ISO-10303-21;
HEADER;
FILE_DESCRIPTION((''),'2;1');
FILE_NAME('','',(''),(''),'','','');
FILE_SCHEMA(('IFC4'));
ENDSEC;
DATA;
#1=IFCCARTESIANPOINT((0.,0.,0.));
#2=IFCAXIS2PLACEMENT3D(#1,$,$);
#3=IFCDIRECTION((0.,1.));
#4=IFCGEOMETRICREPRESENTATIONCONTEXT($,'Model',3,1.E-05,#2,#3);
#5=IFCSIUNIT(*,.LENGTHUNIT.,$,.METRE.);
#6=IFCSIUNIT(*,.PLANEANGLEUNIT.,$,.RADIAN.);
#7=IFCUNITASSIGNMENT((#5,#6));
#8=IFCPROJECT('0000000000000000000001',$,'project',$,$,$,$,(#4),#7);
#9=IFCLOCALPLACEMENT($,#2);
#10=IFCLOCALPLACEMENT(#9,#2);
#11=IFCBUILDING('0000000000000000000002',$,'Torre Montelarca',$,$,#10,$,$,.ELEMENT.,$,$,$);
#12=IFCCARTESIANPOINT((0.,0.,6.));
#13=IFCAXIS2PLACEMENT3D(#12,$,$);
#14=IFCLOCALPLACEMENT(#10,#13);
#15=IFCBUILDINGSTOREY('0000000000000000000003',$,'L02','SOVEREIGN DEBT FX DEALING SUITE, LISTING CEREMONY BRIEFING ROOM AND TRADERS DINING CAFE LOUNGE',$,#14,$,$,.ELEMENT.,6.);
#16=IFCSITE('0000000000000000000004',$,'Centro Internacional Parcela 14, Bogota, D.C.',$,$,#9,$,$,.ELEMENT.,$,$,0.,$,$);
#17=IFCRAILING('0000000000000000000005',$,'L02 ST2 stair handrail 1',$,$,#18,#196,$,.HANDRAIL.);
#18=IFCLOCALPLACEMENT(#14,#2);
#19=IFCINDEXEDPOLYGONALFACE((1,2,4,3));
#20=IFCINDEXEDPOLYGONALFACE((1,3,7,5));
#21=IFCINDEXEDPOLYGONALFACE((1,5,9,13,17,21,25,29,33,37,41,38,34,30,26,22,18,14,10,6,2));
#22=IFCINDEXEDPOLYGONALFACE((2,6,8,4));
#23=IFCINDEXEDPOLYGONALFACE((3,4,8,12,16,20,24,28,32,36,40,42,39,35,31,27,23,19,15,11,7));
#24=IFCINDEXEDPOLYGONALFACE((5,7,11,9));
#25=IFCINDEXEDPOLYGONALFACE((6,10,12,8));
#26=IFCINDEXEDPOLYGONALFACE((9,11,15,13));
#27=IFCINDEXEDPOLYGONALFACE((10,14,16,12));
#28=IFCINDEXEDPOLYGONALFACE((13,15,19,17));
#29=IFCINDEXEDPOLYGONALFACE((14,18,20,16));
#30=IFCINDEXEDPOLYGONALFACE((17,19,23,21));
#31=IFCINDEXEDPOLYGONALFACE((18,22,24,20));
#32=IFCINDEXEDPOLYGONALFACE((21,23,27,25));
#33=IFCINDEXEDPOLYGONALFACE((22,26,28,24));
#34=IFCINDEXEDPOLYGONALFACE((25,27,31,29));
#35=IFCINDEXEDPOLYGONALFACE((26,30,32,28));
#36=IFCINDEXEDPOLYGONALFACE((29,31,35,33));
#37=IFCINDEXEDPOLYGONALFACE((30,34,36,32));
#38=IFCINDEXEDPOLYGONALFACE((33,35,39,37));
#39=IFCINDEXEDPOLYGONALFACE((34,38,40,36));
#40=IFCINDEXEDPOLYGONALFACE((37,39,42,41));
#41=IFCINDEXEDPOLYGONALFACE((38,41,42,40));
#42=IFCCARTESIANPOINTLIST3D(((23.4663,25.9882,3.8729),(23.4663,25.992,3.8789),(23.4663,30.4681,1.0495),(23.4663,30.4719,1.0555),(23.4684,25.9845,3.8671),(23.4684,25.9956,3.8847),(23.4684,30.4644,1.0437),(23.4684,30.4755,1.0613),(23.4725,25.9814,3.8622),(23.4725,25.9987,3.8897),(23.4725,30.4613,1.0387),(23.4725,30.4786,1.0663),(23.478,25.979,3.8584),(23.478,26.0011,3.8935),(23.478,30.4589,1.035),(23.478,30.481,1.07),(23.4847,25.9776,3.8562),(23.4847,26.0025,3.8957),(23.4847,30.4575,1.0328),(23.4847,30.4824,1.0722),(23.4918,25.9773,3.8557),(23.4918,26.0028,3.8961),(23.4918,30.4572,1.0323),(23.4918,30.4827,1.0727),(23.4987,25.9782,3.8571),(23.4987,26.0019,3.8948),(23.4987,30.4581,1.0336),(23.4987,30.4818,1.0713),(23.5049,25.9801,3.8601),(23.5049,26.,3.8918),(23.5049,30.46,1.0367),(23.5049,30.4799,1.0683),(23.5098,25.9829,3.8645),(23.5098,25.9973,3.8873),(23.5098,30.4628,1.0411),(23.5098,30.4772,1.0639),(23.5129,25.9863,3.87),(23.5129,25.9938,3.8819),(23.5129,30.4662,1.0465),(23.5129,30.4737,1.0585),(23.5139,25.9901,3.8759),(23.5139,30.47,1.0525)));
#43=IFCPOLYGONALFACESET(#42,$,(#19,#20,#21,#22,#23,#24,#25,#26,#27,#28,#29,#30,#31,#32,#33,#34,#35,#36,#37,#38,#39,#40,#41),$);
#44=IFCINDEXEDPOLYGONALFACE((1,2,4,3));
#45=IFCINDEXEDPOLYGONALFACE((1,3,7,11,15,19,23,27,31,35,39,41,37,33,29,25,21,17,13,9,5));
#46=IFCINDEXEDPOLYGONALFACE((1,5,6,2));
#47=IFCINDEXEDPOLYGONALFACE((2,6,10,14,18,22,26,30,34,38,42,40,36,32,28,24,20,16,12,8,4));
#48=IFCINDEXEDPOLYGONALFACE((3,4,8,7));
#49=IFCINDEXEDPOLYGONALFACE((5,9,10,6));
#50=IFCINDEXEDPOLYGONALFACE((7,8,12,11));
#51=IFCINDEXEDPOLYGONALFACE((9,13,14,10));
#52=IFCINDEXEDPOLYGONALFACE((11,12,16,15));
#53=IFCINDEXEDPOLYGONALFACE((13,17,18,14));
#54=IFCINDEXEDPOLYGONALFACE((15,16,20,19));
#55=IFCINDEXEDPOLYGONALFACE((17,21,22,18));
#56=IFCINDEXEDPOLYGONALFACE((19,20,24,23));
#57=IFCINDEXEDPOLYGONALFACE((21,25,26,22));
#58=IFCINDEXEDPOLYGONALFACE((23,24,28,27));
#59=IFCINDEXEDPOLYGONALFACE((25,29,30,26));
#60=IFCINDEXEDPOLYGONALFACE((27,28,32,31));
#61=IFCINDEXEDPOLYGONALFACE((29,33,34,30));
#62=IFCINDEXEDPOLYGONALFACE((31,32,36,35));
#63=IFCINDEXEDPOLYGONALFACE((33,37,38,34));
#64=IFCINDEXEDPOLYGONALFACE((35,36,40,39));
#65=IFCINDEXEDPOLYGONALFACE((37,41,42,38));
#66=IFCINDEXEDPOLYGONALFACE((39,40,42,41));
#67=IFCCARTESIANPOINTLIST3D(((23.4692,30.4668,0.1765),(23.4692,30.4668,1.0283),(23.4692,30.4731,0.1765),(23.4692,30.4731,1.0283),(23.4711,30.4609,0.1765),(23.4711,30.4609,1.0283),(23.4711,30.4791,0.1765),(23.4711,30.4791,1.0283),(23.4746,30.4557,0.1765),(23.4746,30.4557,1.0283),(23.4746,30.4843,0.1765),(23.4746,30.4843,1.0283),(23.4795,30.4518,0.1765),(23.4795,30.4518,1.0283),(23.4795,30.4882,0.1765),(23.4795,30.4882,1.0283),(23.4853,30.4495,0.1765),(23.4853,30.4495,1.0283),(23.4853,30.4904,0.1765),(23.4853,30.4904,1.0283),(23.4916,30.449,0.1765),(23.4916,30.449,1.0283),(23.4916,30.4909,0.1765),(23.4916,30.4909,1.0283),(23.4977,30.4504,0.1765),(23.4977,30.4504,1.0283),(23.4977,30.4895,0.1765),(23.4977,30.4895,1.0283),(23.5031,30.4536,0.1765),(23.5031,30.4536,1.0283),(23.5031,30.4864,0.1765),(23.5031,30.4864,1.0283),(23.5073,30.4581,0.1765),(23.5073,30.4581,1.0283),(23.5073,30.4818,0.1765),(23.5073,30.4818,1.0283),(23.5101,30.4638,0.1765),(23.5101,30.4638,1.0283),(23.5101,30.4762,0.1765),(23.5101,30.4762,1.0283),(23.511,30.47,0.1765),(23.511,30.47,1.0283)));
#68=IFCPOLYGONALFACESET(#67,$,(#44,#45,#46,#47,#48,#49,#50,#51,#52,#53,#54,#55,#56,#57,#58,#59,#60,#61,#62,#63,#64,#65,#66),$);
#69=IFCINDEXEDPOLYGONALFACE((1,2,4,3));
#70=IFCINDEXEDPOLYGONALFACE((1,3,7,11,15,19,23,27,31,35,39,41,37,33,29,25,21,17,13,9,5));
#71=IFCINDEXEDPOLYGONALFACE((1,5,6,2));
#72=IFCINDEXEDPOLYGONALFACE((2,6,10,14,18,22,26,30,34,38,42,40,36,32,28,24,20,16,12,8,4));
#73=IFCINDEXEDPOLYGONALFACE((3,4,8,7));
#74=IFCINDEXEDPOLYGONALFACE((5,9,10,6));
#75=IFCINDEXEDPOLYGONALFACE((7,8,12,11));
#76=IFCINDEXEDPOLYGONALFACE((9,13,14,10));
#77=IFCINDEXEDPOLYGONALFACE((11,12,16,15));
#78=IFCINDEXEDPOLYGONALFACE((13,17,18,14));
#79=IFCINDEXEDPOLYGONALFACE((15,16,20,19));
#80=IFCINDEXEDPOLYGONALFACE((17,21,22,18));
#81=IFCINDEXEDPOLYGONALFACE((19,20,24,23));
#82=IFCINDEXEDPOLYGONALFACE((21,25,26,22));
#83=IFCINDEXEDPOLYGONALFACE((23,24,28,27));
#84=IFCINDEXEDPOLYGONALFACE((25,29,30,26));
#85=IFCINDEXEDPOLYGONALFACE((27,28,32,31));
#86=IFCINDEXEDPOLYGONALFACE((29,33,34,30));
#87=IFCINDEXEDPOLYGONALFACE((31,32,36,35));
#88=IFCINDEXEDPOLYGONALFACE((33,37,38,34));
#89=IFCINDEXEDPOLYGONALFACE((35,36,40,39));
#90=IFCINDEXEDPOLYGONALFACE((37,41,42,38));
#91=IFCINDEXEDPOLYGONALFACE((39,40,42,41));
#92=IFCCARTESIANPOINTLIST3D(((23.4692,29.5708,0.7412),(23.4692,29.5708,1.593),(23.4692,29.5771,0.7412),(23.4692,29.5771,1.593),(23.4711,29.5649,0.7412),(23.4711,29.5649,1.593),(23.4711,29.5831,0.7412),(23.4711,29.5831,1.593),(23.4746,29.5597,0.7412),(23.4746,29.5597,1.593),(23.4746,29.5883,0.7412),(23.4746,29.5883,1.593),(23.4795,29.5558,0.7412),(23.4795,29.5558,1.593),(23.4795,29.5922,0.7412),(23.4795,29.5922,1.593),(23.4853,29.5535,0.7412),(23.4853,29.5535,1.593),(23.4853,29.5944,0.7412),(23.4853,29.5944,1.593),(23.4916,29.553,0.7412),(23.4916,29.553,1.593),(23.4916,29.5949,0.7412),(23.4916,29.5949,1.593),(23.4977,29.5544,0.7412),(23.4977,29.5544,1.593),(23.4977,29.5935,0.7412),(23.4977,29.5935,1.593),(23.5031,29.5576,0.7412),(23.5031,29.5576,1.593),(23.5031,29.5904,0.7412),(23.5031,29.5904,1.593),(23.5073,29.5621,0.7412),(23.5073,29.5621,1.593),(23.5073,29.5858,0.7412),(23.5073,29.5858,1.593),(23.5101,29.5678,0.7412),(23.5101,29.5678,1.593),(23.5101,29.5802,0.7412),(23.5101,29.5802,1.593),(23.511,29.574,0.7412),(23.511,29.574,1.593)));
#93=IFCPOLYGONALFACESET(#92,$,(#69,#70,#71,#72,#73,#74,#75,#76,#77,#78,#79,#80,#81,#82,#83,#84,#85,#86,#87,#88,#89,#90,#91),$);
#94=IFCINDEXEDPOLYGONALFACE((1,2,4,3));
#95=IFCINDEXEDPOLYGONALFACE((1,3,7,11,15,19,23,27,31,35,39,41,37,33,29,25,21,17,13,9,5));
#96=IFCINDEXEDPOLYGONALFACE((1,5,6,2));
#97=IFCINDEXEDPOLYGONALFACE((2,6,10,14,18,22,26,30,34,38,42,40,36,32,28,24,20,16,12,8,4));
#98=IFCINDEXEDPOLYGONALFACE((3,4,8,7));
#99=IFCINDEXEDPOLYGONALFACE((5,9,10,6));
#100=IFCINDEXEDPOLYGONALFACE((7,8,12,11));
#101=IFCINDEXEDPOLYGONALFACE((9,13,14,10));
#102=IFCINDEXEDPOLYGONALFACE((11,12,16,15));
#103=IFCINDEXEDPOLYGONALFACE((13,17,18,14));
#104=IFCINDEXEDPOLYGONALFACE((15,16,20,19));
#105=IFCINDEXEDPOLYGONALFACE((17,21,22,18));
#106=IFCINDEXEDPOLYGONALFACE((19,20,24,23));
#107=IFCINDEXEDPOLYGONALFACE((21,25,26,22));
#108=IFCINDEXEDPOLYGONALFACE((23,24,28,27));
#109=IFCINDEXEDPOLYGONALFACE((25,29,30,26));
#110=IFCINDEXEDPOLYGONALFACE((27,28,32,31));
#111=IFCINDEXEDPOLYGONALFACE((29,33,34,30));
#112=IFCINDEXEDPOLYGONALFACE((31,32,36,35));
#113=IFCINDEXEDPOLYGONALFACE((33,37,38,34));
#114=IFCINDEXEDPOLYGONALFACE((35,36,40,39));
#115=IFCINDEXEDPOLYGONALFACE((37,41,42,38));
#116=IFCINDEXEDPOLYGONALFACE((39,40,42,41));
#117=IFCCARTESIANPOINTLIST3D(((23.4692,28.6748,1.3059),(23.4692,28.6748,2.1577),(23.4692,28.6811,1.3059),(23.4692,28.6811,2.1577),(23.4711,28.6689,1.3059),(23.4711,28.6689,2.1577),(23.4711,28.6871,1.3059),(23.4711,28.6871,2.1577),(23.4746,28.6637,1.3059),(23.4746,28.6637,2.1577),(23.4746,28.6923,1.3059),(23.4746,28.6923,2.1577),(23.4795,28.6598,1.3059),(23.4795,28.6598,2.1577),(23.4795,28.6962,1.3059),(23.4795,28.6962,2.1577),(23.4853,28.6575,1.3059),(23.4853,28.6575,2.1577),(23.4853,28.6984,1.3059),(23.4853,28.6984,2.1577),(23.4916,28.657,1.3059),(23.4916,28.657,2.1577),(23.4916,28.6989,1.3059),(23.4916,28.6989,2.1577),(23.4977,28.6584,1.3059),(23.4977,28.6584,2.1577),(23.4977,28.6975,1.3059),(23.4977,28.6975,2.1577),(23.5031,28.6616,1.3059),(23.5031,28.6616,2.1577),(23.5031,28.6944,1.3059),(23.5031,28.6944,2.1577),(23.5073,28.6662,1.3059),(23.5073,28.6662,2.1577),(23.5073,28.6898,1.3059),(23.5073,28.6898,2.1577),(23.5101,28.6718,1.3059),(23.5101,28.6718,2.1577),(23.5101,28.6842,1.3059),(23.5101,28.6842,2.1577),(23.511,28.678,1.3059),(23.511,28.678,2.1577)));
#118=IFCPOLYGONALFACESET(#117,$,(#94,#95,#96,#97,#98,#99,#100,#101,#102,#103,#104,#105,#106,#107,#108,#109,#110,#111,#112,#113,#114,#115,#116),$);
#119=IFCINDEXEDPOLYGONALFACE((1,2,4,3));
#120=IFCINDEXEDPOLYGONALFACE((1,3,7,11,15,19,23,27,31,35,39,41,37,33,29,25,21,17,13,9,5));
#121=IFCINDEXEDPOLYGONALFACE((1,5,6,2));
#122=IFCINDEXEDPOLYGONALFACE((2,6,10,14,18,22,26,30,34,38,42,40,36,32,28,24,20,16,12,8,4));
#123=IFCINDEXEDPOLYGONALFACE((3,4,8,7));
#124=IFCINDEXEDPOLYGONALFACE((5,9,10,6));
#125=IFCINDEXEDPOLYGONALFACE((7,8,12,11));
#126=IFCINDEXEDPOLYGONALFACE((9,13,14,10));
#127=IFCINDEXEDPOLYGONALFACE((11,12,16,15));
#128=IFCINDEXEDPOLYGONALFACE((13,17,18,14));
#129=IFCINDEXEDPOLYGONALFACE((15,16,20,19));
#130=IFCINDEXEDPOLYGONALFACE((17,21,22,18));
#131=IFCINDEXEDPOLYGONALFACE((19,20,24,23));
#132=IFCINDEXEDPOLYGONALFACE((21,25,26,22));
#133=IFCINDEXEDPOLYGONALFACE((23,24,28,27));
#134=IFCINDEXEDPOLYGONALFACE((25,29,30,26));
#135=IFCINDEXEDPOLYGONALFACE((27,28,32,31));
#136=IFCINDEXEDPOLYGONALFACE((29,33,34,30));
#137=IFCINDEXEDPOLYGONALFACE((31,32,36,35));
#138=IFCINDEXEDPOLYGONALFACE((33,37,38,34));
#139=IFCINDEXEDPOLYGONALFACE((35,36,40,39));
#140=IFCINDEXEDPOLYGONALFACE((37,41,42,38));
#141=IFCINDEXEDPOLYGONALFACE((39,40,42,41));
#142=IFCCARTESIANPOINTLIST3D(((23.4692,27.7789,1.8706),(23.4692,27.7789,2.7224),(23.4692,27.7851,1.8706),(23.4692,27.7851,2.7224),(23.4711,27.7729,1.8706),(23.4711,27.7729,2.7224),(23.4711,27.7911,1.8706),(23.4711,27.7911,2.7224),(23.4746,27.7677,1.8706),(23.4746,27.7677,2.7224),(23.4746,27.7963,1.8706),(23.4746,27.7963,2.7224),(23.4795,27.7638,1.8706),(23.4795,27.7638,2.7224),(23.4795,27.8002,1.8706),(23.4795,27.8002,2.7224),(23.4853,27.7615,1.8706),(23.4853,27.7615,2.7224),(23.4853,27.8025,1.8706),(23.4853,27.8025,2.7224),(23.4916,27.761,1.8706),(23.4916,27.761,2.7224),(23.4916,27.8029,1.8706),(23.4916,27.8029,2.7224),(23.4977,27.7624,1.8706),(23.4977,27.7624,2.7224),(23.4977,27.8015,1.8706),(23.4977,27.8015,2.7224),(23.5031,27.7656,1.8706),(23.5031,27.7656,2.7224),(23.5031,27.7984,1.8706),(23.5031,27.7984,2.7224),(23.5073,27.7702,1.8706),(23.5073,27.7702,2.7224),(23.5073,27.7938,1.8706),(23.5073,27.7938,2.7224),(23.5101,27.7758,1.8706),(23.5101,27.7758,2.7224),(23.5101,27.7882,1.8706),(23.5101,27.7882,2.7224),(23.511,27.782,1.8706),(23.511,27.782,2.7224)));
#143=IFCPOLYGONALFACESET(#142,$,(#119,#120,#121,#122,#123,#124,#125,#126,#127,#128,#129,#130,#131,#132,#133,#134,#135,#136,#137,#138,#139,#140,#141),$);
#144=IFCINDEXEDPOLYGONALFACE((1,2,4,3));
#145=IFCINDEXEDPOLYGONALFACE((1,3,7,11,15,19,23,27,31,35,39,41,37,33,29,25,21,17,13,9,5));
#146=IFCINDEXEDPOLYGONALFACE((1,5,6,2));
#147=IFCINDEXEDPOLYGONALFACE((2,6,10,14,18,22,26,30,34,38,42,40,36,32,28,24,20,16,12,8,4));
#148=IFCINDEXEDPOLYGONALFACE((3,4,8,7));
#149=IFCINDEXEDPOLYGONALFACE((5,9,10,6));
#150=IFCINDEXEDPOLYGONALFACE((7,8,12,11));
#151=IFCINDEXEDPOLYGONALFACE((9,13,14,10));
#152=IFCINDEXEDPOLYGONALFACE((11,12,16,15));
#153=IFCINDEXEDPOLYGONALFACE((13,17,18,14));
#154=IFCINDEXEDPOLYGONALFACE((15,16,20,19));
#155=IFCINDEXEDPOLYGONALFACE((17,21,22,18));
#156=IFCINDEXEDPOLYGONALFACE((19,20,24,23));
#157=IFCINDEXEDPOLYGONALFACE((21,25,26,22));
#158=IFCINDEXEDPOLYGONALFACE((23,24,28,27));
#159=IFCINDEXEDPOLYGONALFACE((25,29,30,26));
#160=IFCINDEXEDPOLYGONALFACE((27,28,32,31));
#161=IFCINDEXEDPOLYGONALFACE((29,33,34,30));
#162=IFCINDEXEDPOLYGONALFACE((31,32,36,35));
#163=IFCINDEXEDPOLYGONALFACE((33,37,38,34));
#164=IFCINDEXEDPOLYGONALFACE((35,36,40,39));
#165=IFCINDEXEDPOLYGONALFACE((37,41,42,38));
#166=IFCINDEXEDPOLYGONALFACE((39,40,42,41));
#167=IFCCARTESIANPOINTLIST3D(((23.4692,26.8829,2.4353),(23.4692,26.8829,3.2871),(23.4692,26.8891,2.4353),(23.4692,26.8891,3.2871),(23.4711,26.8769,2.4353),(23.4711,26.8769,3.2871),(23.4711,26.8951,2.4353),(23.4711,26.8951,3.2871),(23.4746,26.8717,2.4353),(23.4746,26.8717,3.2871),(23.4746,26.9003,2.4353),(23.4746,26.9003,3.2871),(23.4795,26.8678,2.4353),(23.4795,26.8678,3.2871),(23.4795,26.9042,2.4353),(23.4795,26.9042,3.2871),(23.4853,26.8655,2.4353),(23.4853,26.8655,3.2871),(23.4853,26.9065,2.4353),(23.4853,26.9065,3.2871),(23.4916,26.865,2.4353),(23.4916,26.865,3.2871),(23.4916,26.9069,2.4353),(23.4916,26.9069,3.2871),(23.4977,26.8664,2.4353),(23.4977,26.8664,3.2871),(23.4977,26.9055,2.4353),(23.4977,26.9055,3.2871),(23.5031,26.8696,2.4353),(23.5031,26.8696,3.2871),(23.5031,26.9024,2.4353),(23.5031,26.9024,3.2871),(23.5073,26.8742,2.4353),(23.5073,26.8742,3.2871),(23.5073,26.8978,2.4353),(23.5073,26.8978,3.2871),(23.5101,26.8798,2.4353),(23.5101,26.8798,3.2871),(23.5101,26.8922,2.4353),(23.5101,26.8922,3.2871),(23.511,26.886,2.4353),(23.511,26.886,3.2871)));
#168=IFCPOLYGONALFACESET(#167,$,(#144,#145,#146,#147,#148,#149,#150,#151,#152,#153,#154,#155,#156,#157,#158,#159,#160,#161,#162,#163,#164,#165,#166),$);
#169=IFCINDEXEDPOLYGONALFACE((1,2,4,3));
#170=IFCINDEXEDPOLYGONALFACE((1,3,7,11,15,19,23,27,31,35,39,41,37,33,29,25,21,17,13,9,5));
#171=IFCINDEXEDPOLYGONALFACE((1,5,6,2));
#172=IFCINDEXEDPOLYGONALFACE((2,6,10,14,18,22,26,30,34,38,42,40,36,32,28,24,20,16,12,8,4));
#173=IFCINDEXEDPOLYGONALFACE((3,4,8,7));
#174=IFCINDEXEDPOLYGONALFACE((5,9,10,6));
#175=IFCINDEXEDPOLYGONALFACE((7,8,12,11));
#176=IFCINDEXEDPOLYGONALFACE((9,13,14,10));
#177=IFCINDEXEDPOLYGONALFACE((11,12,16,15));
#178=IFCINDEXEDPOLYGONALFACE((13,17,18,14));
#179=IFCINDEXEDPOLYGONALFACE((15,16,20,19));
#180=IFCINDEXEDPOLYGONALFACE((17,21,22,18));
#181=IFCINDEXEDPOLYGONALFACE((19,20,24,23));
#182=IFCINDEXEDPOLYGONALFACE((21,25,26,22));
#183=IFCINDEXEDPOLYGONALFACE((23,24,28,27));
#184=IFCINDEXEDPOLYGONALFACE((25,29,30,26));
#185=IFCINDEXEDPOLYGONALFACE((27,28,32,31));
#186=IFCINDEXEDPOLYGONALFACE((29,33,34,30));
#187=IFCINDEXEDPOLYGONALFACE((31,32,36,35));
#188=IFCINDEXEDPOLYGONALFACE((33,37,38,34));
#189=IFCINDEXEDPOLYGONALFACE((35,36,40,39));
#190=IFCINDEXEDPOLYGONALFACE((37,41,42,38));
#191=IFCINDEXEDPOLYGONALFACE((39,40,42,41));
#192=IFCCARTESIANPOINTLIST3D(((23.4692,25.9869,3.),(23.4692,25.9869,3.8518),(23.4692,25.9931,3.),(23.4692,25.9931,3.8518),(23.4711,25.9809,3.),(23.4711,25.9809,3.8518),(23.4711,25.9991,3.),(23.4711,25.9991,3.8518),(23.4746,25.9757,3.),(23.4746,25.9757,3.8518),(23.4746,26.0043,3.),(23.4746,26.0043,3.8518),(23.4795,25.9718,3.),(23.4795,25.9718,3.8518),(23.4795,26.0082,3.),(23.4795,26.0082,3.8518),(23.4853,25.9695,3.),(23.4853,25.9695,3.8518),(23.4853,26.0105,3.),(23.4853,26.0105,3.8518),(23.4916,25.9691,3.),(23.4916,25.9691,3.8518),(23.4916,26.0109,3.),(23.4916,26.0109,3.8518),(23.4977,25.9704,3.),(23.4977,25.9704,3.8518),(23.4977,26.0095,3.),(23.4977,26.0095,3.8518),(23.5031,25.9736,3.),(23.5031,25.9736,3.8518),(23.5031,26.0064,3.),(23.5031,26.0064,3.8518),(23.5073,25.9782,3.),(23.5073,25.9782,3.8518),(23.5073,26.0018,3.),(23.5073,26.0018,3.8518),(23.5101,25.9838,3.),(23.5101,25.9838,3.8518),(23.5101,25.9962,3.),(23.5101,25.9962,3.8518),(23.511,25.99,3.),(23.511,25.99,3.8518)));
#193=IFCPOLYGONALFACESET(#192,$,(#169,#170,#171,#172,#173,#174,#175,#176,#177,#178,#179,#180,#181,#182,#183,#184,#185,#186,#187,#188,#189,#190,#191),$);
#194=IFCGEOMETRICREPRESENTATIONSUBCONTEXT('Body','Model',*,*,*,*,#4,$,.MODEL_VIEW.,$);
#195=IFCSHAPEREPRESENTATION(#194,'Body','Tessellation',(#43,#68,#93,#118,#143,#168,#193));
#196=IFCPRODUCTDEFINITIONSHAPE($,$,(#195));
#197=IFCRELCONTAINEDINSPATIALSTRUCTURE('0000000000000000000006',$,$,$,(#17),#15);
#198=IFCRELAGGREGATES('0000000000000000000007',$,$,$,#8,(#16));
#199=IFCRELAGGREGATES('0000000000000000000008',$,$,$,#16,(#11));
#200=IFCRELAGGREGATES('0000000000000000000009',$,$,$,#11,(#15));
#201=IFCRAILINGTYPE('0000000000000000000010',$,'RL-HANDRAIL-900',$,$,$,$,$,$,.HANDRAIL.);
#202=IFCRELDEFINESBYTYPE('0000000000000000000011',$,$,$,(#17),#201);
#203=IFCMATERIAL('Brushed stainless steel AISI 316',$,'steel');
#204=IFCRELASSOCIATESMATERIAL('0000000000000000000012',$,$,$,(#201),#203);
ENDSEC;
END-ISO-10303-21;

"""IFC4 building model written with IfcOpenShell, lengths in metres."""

from ifc_helpers import new_model, si_unit, direction, frame, origin, origin_2d, place, context, subcontext, project, spatial, circle, extrude, material, type_object, element, save


model = new_model("IFC4")

# Units and contexts
model_context = context("Model", 3, precision=1e-05, world=origin(), true_north=direction((0.0, 1.0)))
body_context = subcontext(model_context, "Body", "Model", "MODEL_VIEW")
ifc_project = project(units=[si_unit("LENGTHUNIT", "METRE"), si_unit("PLANEANGLEUNIT", "RADIAN")], contexts=[model_context])

# Site, building, storey
site_placement = place(None, origin())
site = spatial("IfcSite", under=ifc_project, at=site_placement, Name="Centro Internacional Parcela 14, Bogota, D.C.", CompositionType="ELEMENT", RefElevation=0.0)
building_placement = place(site_placement, origin())
building = spatial("IfcBuilding", under=site, at=building_placement, Name="Torre Montelarca", CompositionType="ELEMENT")
storey_placement = place(building_placement, frame((0.0, 0.0, 6.0)))
storey = spatial("IfcBuildingStorey", under=building, at=storey_placement, Name="L02", Description="SOVEREIGN DEBT FX DEALING SUITE, LISTING CEREMONY BRIEFING ROOM AND TRADERS DINING CAFE LOUNGE", CompositionType="ELEMENT", Elevation=6.0)

# Shared definitions
ifc_material_1 = material(Name="Brushed stainless steel AISI 316", Category="steel")

# Railing
railing_type_1 = type_object("IfcRailingType", Name="RL-HANDRAIL-900", PredefinedType="HANDRAIL", material=ifc_material_1)
railing_1_placement = place(storey_placement, frame((23.49, 30.47, 0.1765)))
element("IfcRailing", 1, at=railing_1_placement, inside=storey, type_object=railing_type_1, Name="L02 ST2 stair handrail 1", PredefinedType="HANDRAIL", context=body_context, shape_type="SweptSolid", body=[
    extrude(circle(Radius=0.0239, at=origin_2d()), frame((0.0, 0.0, 0.876), z_axis=(0.0, -0.845998, 0.533186), x_axis=(1.0, 0.0, 0.0)), (0.0, 0.0, 1.0), 5.2954),
    extrude(circle(Radius=0.021, at=origin_2d()), origin(), (0.0, 0.0, 1.0), 0.8518),
    extrude(circle(Radius=0.021, at=origin_2d()), frame((0.0, -0.896, 0.5647)), (0.0, 0.0, 1.0), 0.8518),
    extrude(circle(Radius=0.021, at=origin_2d()), frame((0.0, -1.792, 1.1294)), (0.0, 0.0, 1.0), 0.8518),
    extrude(circle(Radius=0.021, at=origin_2d()), frame((0.0, -2.688, 1.6941)), (0.0, 0.0, 1.0), 0.8518),
    extrude(circle(Radius=0.021, at=origin_2d()), frame((0.0, -3.584, 2.2588)), (0.0, 0.0, 1.0), 0.8518),
    extrude(circle(Radius=0.021, at=origin_2d()), frame((0.0, -4.48, 2.8235)), (0.0, 0.0, 1.0), 0.8518),
])

save(model, "model.ifc")
